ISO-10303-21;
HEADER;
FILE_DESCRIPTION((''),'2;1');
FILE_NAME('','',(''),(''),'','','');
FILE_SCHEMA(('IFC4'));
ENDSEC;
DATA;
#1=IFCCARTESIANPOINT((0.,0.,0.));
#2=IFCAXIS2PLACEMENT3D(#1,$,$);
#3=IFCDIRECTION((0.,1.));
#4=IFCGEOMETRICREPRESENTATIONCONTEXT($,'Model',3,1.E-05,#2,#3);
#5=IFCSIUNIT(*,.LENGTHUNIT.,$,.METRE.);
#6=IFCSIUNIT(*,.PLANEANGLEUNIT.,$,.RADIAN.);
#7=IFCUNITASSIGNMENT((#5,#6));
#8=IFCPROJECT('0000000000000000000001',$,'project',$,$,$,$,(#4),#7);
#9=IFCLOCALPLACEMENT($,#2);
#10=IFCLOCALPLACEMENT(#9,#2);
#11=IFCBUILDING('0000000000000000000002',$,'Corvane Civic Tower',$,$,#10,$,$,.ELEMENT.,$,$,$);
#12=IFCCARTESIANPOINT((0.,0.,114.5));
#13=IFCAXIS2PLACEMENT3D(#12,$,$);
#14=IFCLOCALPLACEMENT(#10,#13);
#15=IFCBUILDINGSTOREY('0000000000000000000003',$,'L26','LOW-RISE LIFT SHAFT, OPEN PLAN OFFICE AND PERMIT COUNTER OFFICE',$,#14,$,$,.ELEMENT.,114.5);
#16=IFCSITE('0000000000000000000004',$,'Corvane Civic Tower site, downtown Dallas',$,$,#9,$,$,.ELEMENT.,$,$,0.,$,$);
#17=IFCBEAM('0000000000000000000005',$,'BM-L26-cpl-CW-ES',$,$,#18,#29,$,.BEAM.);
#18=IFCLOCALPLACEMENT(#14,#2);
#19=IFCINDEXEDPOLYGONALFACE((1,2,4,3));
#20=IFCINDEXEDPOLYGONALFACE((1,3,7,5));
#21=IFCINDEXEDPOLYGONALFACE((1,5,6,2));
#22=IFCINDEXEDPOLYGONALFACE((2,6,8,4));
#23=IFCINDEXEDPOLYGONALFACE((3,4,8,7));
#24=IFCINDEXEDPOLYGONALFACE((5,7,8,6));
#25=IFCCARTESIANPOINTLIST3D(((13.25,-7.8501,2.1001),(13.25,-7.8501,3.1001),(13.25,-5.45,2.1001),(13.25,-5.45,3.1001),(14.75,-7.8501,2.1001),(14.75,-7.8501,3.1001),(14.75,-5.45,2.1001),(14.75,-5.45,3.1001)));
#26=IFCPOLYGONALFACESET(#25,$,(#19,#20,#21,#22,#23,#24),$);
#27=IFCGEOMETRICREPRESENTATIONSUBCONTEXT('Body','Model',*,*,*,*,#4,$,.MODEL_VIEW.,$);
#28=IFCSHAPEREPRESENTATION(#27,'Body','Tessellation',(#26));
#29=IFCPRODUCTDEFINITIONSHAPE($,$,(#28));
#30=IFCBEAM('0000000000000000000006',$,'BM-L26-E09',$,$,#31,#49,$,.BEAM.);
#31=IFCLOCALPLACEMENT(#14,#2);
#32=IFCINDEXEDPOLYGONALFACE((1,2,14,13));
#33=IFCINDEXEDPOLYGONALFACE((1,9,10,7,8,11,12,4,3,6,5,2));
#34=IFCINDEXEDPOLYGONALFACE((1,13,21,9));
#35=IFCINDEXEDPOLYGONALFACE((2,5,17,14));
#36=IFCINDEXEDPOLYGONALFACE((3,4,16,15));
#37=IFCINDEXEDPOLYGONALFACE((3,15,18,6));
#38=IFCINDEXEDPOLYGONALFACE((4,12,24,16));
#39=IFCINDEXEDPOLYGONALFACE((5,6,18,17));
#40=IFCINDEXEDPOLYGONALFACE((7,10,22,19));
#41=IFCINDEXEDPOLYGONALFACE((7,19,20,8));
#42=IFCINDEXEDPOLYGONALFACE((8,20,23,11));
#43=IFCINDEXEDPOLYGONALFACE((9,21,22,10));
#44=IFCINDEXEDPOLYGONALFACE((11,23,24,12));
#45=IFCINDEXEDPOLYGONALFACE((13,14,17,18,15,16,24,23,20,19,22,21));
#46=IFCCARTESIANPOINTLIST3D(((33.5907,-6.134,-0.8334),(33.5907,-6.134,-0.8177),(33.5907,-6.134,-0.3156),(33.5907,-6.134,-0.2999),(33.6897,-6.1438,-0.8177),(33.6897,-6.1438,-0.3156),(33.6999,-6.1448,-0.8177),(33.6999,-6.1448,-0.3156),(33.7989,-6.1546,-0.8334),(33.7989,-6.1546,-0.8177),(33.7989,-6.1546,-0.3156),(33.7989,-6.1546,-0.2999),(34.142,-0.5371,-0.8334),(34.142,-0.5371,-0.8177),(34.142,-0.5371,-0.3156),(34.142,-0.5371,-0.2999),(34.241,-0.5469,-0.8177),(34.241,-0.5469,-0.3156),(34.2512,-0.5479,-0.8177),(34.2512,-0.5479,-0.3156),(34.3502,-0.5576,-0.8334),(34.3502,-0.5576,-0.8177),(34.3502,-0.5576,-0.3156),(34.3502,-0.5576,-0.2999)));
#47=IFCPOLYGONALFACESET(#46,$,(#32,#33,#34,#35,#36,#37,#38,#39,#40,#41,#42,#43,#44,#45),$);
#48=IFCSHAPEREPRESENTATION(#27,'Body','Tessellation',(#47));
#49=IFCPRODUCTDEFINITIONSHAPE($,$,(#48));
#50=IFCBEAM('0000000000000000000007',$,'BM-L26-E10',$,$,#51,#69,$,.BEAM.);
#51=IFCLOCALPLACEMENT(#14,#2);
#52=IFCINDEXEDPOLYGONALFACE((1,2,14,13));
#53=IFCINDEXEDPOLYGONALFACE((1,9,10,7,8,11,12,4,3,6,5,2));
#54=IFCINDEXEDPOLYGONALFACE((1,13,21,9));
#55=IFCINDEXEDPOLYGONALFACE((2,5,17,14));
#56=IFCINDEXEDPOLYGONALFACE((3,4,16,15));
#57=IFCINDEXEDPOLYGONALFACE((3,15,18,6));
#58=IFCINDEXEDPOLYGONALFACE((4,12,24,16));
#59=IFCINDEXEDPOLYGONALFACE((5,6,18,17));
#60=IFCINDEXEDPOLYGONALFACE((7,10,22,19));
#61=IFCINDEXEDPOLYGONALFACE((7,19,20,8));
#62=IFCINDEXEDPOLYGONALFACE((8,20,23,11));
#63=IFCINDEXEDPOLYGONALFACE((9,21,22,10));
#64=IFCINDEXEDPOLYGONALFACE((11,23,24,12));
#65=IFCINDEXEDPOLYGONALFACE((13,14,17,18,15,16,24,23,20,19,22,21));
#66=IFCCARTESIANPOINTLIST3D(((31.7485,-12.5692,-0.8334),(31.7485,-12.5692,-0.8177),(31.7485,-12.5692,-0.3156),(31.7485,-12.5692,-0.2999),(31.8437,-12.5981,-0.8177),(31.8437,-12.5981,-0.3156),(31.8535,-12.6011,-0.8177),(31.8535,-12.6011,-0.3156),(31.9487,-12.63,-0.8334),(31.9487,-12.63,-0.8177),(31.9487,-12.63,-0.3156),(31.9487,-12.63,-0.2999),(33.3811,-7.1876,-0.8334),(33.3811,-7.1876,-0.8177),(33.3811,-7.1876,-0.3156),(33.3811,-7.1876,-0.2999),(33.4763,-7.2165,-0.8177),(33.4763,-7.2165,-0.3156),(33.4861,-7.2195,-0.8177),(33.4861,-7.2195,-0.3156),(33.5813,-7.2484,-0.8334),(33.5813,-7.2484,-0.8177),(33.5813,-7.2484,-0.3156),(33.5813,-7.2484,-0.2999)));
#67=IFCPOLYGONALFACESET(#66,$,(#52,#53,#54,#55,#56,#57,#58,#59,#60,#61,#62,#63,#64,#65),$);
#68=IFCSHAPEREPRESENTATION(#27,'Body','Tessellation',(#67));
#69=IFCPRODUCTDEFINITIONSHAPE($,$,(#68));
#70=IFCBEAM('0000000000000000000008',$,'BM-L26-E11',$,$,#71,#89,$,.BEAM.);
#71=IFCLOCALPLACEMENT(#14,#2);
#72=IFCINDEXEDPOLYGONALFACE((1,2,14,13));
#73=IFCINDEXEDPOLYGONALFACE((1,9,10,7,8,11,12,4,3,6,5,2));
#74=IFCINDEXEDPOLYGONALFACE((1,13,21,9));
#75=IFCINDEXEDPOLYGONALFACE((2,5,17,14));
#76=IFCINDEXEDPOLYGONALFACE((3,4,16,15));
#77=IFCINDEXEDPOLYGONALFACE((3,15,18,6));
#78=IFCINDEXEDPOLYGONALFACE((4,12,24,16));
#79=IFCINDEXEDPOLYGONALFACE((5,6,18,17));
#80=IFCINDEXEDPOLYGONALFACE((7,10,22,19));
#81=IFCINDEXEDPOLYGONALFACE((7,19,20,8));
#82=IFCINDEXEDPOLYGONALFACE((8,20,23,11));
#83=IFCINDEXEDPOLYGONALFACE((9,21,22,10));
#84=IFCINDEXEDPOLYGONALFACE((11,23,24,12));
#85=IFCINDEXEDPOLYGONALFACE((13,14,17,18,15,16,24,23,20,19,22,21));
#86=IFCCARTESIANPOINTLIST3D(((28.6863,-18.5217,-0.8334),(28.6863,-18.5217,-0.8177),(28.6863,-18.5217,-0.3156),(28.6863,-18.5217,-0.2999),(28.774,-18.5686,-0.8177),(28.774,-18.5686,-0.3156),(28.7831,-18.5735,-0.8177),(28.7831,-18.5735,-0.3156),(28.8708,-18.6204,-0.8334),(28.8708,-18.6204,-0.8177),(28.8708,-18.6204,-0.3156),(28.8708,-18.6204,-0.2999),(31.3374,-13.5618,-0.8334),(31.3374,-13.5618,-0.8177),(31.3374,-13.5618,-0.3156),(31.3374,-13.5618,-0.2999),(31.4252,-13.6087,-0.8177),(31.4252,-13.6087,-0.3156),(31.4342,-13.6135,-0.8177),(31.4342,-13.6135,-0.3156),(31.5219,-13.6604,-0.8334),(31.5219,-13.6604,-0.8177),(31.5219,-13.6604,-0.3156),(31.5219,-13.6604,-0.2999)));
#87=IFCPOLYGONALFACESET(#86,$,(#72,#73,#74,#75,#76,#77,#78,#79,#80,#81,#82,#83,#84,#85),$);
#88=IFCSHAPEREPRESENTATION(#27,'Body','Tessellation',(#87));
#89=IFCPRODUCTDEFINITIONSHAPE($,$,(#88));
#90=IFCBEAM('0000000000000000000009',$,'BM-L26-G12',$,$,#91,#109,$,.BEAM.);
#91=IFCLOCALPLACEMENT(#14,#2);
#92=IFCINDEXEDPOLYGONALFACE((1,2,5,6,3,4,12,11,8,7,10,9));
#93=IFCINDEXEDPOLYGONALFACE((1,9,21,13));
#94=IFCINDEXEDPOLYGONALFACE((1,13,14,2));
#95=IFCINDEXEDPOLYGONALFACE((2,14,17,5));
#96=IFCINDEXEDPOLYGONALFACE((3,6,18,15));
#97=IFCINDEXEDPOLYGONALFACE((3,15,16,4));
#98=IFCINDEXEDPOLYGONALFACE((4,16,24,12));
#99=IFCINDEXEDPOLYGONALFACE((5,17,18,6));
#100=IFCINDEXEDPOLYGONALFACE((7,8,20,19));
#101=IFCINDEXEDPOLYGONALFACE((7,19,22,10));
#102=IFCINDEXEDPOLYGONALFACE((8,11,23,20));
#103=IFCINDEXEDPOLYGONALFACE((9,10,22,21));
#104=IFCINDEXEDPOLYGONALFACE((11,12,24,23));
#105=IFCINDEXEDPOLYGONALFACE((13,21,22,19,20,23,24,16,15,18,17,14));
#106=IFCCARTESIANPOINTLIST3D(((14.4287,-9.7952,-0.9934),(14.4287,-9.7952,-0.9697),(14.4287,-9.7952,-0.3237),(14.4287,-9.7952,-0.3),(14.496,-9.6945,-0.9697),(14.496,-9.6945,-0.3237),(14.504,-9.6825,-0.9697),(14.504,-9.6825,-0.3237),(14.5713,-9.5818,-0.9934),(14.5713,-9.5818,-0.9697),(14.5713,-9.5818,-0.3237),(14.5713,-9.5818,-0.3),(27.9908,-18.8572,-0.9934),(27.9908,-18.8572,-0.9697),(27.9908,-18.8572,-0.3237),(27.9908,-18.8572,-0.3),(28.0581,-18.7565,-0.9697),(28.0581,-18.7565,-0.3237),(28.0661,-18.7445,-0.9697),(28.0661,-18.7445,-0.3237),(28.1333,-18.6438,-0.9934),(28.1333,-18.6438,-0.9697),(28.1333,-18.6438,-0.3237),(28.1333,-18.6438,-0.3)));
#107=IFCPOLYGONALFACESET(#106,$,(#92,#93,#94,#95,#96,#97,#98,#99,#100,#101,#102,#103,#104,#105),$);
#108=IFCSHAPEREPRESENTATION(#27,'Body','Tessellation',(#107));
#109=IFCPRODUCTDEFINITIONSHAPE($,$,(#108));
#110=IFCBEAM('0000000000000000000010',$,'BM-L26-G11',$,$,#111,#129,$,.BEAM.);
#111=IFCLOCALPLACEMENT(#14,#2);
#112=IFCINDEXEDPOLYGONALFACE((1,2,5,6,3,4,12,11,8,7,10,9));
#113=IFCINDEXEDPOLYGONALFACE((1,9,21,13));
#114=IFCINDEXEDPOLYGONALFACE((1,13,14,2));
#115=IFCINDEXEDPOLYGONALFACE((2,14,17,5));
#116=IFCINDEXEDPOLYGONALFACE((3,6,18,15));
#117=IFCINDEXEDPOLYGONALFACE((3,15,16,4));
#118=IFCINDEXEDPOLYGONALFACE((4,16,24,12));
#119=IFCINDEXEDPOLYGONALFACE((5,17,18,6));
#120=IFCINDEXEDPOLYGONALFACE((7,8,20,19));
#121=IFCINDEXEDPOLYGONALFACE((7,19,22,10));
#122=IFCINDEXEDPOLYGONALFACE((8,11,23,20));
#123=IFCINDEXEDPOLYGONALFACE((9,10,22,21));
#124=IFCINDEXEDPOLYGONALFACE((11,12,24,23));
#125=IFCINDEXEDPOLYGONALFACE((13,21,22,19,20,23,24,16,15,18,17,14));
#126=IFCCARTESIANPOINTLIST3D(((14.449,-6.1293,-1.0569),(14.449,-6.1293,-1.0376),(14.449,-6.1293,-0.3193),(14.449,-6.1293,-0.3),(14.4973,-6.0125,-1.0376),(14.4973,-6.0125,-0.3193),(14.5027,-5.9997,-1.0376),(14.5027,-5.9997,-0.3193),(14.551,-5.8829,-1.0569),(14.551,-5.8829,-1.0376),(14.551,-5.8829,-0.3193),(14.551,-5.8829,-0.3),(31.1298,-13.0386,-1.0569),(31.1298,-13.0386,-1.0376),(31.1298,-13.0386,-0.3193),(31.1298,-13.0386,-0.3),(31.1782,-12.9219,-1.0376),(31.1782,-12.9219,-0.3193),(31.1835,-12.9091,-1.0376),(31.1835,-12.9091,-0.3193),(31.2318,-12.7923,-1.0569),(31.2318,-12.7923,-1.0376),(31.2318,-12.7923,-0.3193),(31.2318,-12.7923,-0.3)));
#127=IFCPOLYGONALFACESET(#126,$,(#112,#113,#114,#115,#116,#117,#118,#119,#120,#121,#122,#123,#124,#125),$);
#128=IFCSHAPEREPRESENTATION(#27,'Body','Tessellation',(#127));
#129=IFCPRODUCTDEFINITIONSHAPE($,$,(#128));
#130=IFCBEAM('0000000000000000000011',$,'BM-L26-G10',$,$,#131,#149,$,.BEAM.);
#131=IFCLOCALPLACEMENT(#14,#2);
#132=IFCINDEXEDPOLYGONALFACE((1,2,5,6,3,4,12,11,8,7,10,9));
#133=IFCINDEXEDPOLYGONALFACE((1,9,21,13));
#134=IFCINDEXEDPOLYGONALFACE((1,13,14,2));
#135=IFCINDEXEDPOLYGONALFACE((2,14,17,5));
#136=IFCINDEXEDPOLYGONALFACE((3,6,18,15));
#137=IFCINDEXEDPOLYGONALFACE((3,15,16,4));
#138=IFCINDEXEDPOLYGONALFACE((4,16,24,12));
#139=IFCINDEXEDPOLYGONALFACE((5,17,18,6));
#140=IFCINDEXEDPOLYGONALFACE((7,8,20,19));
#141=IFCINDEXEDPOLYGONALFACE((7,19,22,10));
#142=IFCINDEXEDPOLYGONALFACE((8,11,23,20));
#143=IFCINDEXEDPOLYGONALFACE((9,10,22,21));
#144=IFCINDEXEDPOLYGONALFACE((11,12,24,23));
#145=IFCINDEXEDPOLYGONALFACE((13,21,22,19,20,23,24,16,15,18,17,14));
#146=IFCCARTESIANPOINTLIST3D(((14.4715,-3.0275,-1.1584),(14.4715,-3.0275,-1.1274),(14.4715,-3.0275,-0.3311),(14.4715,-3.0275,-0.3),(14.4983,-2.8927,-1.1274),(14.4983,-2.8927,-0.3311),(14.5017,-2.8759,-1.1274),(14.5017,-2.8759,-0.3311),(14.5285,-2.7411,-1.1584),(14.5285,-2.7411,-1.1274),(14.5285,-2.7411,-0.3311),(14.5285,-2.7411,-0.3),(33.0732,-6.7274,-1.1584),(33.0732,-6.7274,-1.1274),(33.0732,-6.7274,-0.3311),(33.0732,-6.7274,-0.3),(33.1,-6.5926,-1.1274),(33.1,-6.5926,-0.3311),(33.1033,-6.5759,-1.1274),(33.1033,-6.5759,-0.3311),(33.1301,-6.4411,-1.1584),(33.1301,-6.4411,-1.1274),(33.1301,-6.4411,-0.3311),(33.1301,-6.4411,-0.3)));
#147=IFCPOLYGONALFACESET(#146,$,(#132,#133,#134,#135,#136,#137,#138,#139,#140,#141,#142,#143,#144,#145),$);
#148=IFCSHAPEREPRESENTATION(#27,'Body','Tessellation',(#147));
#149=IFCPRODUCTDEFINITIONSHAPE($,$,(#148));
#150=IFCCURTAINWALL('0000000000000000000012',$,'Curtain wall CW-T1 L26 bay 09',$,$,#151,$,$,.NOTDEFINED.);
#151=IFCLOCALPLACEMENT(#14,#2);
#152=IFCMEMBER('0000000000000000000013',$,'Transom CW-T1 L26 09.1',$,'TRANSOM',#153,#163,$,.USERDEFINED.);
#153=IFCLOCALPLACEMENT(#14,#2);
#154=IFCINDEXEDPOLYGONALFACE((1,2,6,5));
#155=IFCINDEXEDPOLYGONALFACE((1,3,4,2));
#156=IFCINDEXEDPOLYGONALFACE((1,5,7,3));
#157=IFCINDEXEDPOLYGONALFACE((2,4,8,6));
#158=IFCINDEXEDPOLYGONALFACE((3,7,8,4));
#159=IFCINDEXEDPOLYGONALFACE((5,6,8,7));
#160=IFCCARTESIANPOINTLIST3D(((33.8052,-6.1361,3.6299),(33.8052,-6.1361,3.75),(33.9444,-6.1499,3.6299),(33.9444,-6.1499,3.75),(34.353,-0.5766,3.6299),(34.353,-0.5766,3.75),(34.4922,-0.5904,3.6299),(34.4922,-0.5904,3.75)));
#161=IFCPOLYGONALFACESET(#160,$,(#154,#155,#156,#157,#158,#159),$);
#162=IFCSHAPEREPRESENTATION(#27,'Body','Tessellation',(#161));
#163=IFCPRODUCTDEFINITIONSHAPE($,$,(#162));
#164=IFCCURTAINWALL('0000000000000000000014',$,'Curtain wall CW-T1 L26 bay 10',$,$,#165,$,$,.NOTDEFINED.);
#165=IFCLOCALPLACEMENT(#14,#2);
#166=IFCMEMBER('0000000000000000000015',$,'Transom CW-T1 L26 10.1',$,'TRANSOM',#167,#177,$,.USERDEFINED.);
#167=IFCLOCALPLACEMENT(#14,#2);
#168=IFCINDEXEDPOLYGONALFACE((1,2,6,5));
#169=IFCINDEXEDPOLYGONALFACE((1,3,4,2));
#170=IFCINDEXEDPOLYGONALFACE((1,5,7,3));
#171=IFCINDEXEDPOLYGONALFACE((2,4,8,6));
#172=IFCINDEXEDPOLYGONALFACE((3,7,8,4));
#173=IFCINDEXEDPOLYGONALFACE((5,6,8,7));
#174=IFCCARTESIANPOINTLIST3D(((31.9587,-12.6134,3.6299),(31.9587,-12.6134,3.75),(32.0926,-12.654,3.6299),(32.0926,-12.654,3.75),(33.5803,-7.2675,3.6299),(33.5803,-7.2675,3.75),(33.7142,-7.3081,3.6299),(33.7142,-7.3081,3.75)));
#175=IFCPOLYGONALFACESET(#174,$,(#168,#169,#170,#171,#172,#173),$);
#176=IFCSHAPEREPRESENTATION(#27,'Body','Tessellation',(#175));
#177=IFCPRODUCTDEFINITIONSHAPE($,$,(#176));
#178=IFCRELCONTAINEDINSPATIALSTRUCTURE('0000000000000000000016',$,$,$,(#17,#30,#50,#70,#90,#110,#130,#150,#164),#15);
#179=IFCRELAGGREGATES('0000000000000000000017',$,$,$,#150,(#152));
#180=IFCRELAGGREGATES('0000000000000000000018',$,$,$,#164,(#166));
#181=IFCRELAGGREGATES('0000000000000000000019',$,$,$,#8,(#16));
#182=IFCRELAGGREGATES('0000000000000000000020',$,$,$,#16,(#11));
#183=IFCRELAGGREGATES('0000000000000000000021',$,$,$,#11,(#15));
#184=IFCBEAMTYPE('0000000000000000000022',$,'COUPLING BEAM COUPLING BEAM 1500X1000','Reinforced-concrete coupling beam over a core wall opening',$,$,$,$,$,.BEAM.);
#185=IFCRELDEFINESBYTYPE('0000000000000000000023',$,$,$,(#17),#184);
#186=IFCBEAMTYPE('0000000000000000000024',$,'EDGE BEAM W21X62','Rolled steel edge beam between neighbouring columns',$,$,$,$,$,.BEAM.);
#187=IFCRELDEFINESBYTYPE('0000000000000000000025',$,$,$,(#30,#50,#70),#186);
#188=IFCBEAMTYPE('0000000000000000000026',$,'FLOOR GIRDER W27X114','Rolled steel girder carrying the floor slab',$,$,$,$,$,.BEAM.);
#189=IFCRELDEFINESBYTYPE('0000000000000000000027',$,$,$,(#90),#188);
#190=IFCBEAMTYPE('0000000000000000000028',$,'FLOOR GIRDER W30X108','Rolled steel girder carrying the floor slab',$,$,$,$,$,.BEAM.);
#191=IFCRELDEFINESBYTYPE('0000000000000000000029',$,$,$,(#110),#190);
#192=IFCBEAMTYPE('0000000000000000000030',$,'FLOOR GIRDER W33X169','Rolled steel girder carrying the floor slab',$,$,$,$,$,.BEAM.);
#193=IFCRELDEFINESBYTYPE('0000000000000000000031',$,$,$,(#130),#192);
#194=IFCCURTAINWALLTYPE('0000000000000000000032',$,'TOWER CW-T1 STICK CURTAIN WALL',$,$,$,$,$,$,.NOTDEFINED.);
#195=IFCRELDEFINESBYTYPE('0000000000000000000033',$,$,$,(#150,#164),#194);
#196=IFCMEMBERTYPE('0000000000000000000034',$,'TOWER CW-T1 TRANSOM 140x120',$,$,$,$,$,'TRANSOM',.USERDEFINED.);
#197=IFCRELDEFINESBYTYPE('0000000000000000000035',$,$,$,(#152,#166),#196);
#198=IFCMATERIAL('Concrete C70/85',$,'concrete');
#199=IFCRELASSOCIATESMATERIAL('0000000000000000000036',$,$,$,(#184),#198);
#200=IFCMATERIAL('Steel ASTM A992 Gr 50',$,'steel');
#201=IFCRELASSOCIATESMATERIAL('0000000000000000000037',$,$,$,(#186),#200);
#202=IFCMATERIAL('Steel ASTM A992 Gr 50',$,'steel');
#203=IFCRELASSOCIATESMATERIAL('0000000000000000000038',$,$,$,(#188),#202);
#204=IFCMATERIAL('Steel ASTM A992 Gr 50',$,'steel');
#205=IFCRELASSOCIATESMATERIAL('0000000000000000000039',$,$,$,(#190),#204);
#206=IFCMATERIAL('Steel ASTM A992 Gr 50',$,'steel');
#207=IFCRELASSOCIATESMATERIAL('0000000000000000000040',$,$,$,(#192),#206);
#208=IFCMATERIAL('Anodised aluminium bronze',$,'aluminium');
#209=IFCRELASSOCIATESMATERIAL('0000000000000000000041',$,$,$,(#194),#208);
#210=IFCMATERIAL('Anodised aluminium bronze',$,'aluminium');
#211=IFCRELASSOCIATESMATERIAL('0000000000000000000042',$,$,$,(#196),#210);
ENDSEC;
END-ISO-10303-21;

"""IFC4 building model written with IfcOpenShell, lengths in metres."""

from ifc_helpers import new_model, si_unit, direction, frame, origin, origin_2d, place, context, subcontext, project, spatial, rectangle, i_section, extrude, material, material_profile, profile_set, type_object, element, aggregate, save


model = new_model("IFC4")

# Units and contexts
model_context = context("Model", 3, precision=1e-05, world=origin(), true_north=direction((0.0, 1.0)))
body_context = subcontext(model_context, "Body", "Model", "MODEL_VIEW")
ifc_project = project(units=[si_unit("LENGTHUNIT", "METRE"), si_unit("PLANEANGLEUNIT", "RADIAN")], contexts=[model_context])

# Site, building, storey
site_placement = place(None, origin())
site = spatial("IfcSite", under=ifc_project, at=site_placement, Name="Corvane Civic Tower site, downtown Dallas", CompositionType="ELEMENT", RefElevation=0.0)
building_placement = place(site_placement, origin())
building = spatial("IfcBuilding", under=site, at=building_placement, Name="Corvane Civic Tower", CompositionType="ELEMENT")
storey_placement = place(building_placement, frame((0.0, 0.0, 114.5)))
storey = spatial("IfcBuildingStorey", under=building, at=storey_placement, Name="L26", Description="LOW-RISE LIFT SHAFT, OPEN PLAN OFFICE AND PERMIT COUNTER OFFICE", CompositionType="ELEMENT", Elevation=114.5)

# Beams
ifc_material_1 = material(Name="Concrete C70/85", Category="concrete")
ifc_material_profile_1 = material_profile(ifc_material_1, rectangle(XDim=1.5, YDim=1.0, at=origin_2d()), Name="COUPLING BEAM 1500X1000")
ifc_profile_set_1 = profile_set([ifc_material_profile_1], Name="Concrete C70/85")
beam_type_1 = type_object("IfcBeamType", Name="COUPLING BEAM COUPLING BEAM 1500X1000", Description="Reinforced-concrete coupling beam over a core wall opening", PredefinedType="BEAM", material=ifc_profile_set_1)
beam_1_placement = place(storey_placement, frame((14.0, -7.8501, 2.6001), z_axis=(0.0, 1.0, 0.0), x_axis=(-1.0, 0.0, 0.0)))
element("IfcBeam", 1, at=beam_1_placement, inside=storey, type_object=beam_type_1, Name="BM-L26-cpl-CW-ES", PredefinedType="BEAM", context=body_context, shape_type="SweptSolid", body=[
    extrude(rectangle(XDim=1.5, YDim=1.0, at=origin_2d()), origin(), (0.0, 0.0, 1.0), 2.4001),
])
ifc_material_2 = material(Name="Steel ASTM A992 Gr 50", Category="steel")
ifc_material_profile_2 = material_profile(ifc_material_2, i_section(OverallWidth=0.2092, OverallDepth=0.5334, WebThickness=0.0103, FlangeThickness=0.0156, at=origin_2d()), Name="W21X62")
ifc_profile_set_2 = profile_set([ifc_material_profile_2], Name="Steel ASTM A992 Gr 50")
beam_type_2 = type_object("IfcBeamType", Name="EDGE BEAM W21X62", Description="Rolled steel edge beam between neighbouring columns", PredefinedType="BEAM", material=ifc_profile_set_2)
beam_2_placement = place(storey_placement, frame((34.2461, -0.5474, -0.5667), z_axis=(-0.098021, -0.995184, 0.0), x_axis=(0.995184, -0.098021, 0.0)))
element("IfcBeam", 2, at=beam_2_placement, inside=storey, type_object=beam_type_2, Name="BM-L26-E09", PredefinedType="BEAM", context=body_context, shape_type="SweptSolid", body=[
    extrude(i_section(OverallWidth=0.2092, OverallDepth=0.5334, WebThickness=0.0103, FlangeThickness=0.0156, at=origin_2d()), origin(), (0.0, 0.0, 1.0), 5.624),
])
beam_3_placement = place(storey_placement, frame((33.4812, -7.218, -0.5667), z_axis=(-0.290298, -0.956936, 0.0), x_axis=(0.956936, -0.290298, 0.0)))
element("IfcBeam", 3, at=beam_3_placement, inside=storey, type_object=beam_type_2, Name="BM-L26-E10", PredefinedType="BEAM", context=body_context, shape_type="SweptSolid", body=[
    extrude(i_section(OverallWidth=0.2092, OverallDepth=0.5334, WebThickness=0.0103, FlangeThickness=0.0156, at=origin_2d()), origin(), (0.0, 0.0, 1.0), 5.6238),
])
beam_4_placement = place(storey_placement, frame((31.4297, -13.6111, -0.5667), z_axis=(-0.471392, -0.881924, 0.0), x_axis=(0.881924, -0.471392, 0.0)))
element("IfcBeam", 4, at=beam_4_placement, inside=storey, type_object=beam_type_2, Name="BM-L26-E11", PredefinedType="BEAM", context=body_context, shape_type="SweptSolid", body=[
    extrude(i_section(OverallWidth=0.2092, OverallDepth=0.5334, WebThickness=0.0103, FlangeThickness=0.0156, at=origin_2d()), origin(), (0.0, 0.0, 1.0), 5.624),
])
ifc_material_3 = material(Name="Steel ASTM A992 Gr 50", Category="steel")
ifc_material_profile_3 = material_profile(ifc_material_3, i_section(OverallWidth=0.2566, OverallDepth=0.6934, WebThickness=0.0144, FlangeThickness=0.0237, at=origin_2d()), Name="W27X114")
ifc_profile_set_3 = profile_set([ifc_material_profile_3], Name="Steel ASTM A992 Gr 50")
beam_type_3 = type_object("IfcBeamType", Name="FLOOR GIRDER W27X114", Description="Rolled steel girder carrying the floor slab", PredefinedType="BEAM", material=ifc_profile_set_3)
beam_5_placement = place(storey_placement, frame((14.5, -9.6885, -0.6467), z_axis=(0.831465, -0.555577, 0.0), x_axis=(0.555577, 0.831465, 0.0)))
element("IfcBeam", 5, at=beam_5_placement, inside=storey, type_object=beam_type_3, Name="BM-L26-G12", PredefinedType="BEAM", context=body_context, shape_type="SweptSolid", body=[
    extrude(i_section(OverallWidth=0.2566, OverallDepth=0.6934, WebThickness=0.0144, FlangeThickness=0.0237, at=origin_2d()), origin(), (0.0, 0.0, 1.0), 16.311),
])
ifc_material_4 = material(Name="Steel ASTM A992 Gr 50", Category="steel")
ifc_material_profile_4 = material_profile(ifc_material_4, i_section(OverallWidth=0.2666, OverallDepth=0.7568, WebThickness=0.0139, FlangeThickness=0.0193, at=origin_2d()), Name="W30X108")
ifc_profile_set_4 = profile_set([ifc_material_profile_4], Name="Steel ASTM A992 Gr 50")
beam_type_4 = type_object("IfcBeamType", Name="FLOOR GIRDER W30X108", Description="Rolled steel girder carrying the floor slab", PredefinedType="BEAM", material=ifc_profile_set_4)
beam_6_placement = place(storey_placement, frame((14.5, -6.0061, -0.6785), z_axis=(0.92388, -0.382682, 0.0), x_axis=(0.382682, 0.92388, 0.0)))
element("IfcBeam", 6, at=beam_6_placement, inside=storey, type_object=beam_type_4, Name="BM-L26-G11", PredefinedType="BEAM", context=body_context, shape_type="SweptSolid", body=[
    extrude(i_section(OverallWidth=0.2666, OverallDepth=0.7568, WebThickness=0.0139, FlangeThickness=0.0193, at=origin_2d()), origin(), (0.0, 0.0, 1.0), 18.0552),
])
ifc_material_5 = material(Name="Steel ASTM A992 Gr 50", Category="steel")
ifc_material_profile_5 = material_profile(ifc_material_5, i_section(OverallWidth=0.292, OverallDepth=0.8584, WebThickness=0.0171, FlangeThickness=0.031, at=origin_2d()), Name="W33X169")
ifc_profile_set_5 = profile_set([ifc_material_profile_5], Name="Steel ASTM A992 Gr 50")
beam_type_5 = type_object("IfcBeamType", Name="FLOOR GIRDER W33X169", Description="Rolled steel girder carrying the floor slab", PredefinedType="BEAM", material=ifc_profile_set_5)
beam_7_placement = place(storey_placement, frame((14.5, -2.8843, -0.7292), z_axis=(0.980787, -0.195084, 0.0), x_axis=(0.195084, 0.980787, 0.0)))
element("IfcBeam", 7, at=beam_7_placement, inside=storey, type_object=beam_type_5, Name="BM-L26-G10", PredefinedType="BEAM", context=body_context, shape_type="SweptSolid", body=[
    extrude(i_section(OverallWidth=0.292, OverallDepth=0.8584, WebThickness=0.0171, FlangeThickness=0.031, at=origin_2d()), origin(), (0.0, 0.0, 1.0), 18.9661),
])

# Curtain walls, members
ifc_material_6 = material(Name="Anodised aluminium bronze", Category="aluminium")
curtain_wall_type = type_object("IfcCurtainWallType", Name="TOWER CW-T1 STICK CURTAIN WALL", PredefinedType="NOTDEFINED", material=ifc_material_6)
curtain_wall_1_placement = place(storey_placement, origin())
curtain_wall_1 = element("IfcCurtainWall", 8, at=curtain_wall_1_placement, inside=storey, type_object=curtain_wall_type, Name="Curtain wall CW-T1 L26 bay 09", PredefinedType="NOTDEFINED")
ifc_material_7 = material(Name="Anodised aluminium bronze", Category="aluminium")
ifc_material_profile_6 = material_profile(ifc_material_7, rectangle(XDim=0.1399, YDim=0.1201, at=origin_2d()), Name="TOWER CW-T1 TRANSOM 140x120")
ifc_profile_set_6 = profile_set([ifc_material_profile_6], Name="Anodised aluminium bronze")
member_type = type_object("IfcMemberType", Name="TOWER CW-T1 TRANSOM 140x120", ElementType="TRANSOM", PredefinedType="USERDEFINED", material=ifc_profile_set_6)
member_1_placement = place(storey_placement, frame((34.4226, -0.5835, 3.6899), z_axis=(-0.098067, -0.99518, 0.0), x_axis=(0.99518, -0.098067, 0.0)))
member_1 = element("IfcMember", 9, at=member_1_placement, type_object=member_type, Name="Transom CW-T1 L26 09.1", ObjectType="TRANSOM", PredefinedType="USERDEFINED", context=body_context, shape_type="SweptSolid", body=[
    extrude(rectangle(XDim=0.1399, YDim=0.1201, at=origin_2d()), origin(), (0.0, 0.0, 1.0), 5.5864),
])
curtain_wall_2_placement = place(storey_placement, origin())
curtain_wall_2 = element("IfcCurtainWall", 10, at=curtain_wall_2_placement, inside=storey, type_object=curtain_wall_type, Name="Curtain wall CW-T1 L26 bay 10", PredefinedType="NOTDEFINED")
member_2_placement = place(storey_placement, frame((33.6472, -7.2878, 3.6899), z_axis=(-0.290269, -0.956945, 0.0), x_axis=(0.956945, -0.290269, 0.0)))
member_2 = element("IfcMember", 11, at=member_2_placement, type_object=member_type, Name="Transom CW-T1 L26 10.1", ObjectType="TRANSOM", PredefinedType="USERDEFINED", context=body_context, shape_type="SweptSolid", body=[
    extrude(rectangle(XDim=0.1399, YDim=0.1201, at=origin_2d()), origin(), (0.0, 0.0, 1.0), 5.5864),
])

aggregate(curtain_wall_1, [member_1])
aggregate(curtain_wall_2, [member_2])

save(model, "model.ifc")
